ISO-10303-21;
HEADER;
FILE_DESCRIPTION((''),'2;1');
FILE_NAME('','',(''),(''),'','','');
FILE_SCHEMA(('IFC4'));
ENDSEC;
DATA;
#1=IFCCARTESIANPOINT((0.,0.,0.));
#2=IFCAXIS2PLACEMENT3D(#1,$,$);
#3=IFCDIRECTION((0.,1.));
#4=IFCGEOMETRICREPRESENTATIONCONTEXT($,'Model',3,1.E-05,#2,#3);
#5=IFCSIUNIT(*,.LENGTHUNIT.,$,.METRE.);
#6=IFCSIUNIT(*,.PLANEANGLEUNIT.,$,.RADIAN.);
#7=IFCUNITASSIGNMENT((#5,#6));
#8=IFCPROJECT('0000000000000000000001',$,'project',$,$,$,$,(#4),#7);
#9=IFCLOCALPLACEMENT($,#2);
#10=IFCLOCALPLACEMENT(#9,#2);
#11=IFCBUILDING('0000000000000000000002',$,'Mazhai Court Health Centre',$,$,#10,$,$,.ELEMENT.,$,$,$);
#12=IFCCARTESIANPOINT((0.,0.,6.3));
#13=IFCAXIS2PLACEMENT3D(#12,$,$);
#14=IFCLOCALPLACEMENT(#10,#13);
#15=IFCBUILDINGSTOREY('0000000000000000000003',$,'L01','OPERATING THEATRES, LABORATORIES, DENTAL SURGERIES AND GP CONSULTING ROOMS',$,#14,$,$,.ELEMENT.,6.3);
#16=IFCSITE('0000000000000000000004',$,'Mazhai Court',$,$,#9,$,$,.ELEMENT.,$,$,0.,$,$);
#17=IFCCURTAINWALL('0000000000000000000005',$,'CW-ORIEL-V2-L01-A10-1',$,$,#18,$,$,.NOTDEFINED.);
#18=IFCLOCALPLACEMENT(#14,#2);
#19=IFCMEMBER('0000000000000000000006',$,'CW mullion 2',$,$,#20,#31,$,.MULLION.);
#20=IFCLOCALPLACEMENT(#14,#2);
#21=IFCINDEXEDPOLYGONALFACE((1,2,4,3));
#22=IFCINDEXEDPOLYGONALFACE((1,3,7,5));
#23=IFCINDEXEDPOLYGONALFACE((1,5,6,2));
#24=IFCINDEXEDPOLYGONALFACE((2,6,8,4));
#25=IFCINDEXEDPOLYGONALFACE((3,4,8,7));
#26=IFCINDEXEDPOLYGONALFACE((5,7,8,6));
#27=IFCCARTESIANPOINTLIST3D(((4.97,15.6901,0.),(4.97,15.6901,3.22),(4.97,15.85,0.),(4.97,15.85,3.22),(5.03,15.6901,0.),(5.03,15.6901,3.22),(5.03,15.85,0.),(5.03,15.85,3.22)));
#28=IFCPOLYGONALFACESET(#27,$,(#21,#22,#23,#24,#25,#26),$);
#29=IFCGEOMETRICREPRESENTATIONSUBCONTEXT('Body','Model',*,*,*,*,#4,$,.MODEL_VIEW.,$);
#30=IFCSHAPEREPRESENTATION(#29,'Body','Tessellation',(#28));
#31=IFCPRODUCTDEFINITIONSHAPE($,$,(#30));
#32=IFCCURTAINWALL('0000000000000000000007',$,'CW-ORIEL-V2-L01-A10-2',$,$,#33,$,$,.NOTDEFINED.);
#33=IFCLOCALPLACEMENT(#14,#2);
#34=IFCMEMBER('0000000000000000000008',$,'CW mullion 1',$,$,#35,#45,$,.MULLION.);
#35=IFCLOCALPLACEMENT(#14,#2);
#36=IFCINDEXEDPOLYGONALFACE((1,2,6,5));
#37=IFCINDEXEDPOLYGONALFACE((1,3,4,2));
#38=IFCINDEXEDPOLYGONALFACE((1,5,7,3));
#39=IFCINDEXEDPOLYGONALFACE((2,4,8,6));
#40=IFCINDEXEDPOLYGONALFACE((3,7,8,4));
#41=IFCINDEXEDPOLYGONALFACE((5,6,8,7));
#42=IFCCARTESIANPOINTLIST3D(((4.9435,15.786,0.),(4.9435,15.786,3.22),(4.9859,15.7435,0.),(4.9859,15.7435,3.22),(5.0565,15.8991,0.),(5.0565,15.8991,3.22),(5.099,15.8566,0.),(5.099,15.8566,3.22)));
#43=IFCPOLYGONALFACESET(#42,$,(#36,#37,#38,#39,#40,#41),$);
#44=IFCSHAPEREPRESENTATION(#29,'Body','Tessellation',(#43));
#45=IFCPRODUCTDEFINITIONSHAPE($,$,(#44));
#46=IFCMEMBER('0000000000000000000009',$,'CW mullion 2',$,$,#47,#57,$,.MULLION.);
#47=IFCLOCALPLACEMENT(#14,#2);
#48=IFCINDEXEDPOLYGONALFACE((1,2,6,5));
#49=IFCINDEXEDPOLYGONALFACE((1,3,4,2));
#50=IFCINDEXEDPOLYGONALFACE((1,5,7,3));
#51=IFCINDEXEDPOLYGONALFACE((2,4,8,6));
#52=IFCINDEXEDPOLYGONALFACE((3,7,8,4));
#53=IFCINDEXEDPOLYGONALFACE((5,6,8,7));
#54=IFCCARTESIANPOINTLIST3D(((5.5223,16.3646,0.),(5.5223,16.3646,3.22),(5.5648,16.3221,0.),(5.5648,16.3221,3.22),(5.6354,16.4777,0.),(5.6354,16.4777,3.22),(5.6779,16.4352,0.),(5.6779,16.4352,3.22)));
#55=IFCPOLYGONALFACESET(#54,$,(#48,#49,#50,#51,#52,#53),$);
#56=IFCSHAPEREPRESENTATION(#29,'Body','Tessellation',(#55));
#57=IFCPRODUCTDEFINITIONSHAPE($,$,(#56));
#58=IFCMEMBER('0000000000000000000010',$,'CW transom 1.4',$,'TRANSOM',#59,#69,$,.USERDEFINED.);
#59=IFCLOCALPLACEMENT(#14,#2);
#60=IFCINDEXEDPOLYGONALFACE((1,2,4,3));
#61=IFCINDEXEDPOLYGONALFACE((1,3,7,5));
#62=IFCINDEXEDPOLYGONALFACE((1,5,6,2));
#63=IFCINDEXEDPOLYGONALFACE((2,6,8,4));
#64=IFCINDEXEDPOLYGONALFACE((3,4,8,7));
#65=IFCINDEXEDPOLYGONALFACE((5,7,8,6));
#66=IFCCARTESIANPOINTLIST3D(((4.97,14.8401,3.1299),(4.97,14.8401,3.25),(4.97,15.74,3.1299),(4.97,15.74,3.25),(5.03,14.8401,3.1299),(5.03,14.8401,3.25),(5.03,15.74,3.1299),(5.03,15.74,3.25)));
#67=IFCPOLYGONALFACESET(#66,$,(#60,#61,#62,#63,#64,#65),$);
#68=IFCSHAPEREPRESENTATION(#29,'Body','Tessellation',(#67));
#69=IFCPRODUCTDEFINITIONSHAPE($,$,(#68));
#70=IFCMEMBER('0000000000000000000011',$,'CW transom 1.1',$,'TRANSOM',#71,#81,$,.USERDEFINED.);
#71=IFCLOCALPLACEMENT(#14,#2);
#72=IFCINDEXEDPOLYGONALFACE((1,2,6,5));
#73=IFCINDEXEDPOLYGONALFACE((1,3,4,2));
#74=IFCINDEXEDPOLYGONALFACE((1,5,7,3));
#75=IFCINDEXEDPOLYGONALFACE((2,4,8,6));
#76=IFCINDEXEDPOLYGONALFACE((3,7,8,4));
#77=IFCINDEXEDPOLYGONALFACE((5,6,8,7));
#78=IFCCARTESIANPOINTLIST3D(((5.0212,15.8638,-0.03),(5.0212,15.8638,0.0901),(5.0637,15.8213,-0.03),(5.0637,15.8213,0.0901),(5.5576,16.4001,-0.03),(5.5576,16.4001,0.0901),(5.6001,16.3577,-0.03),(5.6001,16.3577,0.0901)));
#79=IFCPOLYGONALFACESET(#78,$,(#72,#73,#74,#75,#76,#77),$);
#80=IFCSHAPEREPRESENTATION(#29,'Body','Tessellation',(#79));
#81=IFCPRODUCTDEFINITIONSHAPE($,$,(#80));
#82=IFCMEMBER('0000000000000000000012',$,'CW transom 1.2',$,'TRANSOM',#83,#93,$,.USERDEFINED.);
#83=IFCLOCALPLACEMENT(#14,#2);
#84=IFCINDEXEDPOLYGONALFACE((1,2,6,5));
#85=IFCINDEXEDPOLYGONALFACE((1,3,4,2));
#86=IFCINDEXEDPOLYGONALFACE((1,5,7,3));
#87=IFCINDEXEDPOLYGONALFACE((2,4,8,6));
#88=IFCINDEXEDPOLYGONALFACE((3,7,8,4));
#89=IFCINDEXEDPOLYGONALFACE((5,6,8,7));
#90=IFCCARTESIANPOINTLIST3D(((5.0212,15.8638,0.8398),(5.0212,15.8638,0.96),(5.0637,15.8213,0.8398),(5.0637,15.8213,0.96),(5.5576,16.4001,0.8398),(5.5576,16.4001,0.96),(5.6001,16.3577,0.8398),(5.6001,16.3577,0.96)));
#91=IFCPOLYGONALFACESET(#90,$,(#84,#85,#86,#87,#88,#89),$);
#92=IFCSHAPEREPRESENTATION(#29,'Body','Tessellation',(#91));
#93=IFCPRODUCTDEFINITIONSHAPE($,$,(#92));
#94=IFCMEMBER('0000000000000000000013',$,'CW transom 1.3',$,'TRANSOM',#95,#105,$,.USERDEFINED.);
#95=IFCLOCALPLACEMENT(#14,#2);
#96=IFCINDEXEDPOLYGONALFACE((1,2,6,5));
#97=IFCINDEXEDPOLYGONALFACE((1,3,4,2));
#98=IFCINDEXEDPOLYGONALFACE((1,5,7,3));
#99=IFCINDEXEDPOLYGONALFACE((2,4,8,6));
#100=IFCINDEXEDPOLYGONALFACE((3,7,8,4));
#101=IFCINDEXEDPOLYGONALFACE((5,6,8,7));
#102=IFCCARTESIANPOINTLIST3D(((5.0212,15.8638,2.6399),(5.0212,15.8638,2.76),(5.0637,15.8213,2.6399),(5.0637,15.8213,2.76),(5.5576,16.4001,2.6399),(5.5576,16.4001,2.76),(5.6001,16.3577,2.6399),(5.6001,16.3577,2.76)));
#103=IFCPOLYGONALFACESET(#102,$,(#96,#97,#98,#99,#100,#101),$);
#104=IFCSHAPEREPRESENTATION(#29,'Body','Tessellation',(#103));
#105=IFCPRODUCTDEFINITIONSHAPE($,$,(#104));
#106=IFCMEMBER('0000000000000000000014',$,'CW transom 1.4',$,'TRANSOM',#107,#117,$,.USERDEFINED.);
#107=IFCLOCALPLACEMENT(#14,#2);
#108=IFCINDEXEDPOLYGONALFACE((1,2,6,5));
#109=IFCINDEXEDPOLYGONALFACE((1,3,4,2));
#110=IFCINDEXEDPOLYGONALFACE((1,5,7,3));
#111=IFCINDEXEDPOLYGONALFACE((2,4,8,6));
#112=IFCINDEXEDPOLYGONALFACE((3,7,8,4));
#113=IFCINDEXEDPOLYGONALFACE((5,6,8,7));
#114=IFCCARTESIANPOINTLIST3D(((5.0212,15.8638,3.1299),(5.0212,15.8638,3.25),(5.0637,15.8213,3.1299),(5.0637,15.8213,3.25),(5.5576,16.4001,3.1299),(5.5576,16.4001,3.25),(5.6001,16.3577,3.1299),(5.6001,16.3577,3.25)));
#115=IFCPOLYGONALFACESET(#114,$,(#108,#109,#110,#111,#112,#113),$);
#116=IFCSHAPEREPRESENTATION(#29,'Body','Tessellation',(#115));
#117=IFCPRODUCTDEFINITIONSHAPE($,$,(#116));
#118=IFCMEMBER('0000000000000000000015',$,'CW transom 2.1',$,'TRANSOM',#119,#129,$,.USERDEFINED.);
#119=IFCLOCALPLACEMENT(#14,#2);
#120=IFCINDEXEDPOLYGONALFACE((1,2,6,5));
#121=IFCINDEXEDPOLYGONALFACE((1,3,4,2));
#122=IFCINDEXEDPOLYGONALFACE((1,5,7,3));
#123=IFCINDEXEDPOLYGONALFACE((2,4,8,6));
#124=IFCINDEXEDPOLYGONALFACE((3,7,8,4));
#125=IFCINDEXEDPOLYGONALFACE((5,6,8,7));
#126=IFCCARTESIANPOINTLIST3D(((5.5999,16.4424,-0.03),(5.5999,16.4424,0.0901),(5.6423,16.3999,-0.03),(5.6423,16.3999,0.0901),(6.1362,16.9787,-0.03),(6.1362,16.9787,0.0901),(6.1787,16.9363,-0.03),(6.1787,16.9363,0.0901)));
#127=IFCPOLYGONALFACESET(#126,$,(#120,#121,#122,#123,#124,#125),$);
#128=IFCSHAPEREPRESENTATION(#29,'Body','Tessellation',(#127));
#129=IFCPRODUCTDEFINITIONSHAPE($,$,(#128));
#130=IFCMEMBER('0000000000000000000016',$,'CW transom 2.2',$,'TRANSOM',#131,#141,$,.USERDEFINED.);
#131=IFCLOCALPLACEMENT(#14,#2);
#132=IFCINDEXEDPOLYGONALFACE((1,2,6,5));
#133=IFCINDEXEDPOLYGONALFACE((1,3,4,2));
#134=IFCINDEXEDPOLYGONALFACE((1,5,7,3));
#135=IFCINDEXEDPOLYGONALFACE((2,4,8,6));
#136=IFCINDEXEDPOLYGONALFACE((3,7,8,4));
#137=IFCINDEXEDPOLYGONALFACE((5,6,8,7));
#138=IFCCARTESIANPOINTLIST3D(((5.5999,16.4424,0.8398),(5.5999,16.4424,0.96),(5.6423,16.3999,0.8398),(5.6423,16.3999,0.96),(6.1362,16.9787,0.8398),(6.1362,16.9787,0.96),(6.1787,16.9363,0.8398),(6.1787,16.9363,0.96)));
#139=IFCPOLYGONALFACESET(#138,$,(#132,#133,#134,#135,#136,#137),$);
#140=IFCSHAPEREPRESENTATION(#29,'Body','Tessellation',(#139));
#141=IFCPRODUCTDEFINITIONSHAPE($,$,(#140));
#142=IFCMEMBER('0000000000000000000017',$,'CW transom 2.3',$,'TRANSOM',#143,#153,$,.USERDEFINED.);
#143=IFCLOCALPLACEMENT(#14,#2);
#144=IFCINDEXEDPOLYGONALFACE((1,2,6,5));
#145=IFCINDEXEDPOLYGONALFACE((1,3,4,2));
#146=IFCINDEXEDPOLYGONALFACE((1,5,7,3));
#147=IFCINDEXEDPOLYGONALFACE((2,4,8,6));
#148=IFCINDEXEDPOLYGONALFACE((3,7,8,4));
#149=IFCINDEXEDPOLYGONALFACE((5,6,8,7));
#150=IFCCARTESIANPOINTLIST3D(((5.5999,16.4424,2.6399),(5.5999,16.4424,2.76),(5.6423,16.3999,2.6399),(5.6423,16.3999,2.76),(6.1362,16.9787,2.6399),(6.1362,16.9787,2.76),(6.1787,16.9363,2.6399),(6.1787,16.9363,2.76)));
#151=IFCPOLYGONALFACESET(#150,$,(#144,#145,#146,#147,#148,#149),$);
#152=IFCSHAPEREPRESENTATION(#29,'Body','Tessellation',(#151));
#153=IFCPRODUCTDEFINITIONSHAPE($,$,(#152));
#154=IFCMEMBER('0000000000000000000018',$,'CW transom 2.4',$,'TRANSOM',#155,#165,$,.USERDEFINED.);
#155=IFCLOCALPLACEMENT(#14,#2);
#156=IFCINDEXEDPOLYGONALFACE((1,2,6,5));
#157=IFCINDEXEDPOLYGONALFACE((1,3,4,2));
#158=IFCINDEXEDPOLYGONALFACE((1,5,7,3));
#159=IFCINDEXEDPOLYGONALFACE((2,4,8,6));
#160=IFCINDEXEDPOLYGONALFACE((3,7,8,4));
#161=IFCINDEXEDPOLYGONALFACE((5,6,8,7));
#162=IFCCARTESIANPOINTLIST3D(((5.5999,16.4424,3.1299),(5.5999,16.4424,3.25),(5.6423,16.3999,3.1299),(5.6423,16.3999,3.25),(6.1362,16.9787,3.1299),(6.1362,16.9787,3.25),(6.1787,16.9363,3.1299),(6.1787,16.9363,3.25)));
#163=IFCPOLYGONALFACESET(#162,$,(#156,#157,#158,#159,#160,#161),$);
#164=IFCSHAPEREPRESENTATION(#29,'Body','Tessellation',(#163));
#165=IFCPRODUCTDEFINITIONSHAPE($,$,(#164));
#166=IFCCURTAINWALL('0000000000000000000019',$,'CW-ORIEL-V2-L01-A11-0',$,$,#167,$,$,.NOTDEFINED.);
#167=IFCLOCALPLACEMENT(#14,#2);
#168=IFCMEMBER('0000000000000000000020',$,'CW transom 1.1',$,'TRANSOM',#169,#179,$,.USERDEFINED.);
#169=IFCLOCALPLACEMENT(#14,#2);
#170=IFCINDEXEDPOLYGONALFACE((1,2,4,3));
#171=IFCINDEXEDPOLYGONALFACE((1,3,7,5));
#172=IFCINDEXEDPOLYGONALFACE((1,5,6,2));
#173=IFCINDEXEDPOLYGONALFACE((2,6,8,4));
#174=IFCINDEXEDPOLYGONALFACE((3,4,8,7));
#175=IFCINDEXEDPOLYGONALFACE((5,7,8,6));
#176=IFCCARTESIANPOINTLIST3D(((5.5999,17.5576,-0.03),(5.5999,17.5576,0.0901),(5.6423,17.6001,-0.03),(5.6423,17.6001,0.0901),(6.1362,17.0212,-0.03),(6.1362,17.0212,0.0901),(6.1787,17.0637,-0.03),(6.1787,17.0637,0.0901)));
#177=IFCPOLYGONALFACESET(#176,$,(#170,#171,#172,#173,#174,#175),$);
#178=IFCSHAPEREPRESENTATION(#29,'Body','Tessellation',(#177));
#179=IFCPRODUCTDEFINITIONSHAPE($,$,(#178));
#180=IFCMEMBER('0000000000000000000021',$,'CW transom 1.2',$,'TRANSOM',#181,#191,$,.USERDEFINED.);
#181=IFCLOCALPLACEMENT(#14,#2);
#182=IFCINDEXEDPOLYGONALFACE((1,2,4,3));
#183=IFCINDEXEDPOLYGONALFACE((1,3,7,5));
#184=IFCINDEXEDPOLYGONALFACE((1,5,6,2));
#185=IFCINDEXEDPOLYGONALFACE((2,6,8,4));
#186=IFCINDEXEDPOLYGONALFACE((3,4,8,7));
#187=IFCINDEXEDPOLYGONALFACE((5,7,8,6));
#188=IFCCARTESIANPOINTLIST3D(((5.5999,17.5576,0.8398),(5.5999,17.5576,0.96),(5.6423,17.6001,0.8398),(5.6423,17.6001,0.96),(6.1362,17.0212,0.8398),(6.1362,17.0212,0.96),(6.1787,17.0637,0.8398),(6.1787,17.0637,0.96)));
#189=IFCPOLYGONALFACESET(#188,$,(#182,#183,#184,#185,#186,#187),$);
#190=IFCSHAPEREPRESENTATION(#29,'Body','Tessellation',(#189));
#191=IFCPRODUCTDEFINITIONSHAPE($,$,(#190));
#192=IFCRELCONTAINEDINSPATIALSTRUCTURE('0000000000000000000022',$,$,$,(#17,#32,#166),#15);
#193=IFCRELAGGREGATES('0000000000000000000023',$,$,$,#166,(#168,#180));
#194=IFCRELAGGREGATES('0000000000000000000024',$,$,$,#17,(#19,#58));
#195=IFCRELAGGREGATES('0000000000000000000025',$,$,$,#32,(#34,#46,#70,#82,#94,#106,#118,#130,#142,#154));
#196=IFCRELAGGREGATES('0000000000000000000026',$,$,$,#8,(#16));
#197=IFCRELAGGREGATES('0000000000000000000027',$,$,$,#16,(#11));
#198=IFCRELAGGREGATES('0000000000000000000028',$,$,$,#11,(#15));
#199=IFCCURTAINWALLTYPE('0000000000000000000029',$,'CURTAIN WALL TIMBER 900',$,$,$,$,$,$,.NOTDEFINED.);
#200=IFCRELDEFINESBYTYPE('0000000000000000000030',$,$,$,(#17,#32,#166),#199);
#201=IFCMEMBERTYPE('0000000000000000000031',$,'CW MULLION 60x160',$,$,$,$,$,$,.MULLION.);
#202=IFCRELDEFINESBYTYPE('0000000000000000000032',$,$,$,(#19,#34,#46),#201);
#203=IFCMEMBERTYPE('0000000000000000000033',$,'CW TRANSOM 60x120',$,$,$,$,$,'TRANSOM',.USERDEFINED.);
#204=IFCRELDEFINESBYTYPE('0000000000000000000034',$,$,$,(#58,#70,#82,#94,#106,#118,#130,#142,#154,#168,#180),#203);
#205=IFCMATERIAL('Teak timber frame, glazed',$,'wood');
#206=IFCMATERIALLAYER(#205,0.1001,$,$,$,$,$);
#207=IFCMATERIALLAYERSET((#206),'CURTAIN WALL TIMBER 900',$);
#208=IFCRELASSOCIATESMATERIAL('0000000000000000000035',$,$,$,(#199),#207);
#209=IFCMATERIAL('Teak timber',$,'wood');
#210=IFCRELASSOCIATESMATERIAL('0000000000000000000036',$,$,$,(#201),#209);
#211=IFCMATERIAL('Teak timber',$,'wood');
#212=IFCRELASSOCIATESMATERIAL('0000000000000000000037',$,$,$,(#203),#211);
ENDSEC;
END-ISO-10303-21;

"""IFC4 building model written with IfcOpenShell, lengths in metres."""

from ifc_helpers import new_model, si_unit, direction, frame, origin, origin_2d, place, context, subcontext, project, spatial, rectangle, extrude, material, layer, layer_set, material_profile, profile_set, type_object, element, aggregate, save


model = new_model("IFC4")

# Units and contexts
model_context = context("Model", 3, precision=1e-05, world=origin(), true_north=direction((0.0, 1.0)))
body_context = subcontext(model_context, "Body", "Model", "MODEL_VIEW")
ifc_project = project(units=[si_unit("LENGTHUNIT", "METRE"), si_unit("PLANEANGLEUNIT", "RADIAN")], contexts=[model_context])

# Site, building, storey
site_placement = place(None, origin())
site = spatial("IfcSite", under=ifc_project, at=site_placement, Name="Mazhai Court", CompositionType="ELEMENT", RefElevation=0.0)
building_placement = place(site_placement, origin())
building = spatial("IfcBuilding", under=site, at=building_placement, Name="Mazhai Court Health Centre", CompositionType="ELEMENT")
storey_placement = place(building_placement, frame((0.0, 0.0, 6.3)))
storey = spatial("IfcBuildingStorey", under=building, at=storey_placement, Name="L01", Description="OPERATING THEATRES, LABORATORIES, DENTAL SURGERIES AND GP CONSULTING ROOMS", CompositionType="ELEMENT", Elevation=6.3)

# Curtain wall, member
ifc_material_1 = material(Name="Teak timber frame, glazed", Category="wood")
ifc_layer_1 = layer(ifc_material_1, 0.1001)
ifc_layer_set_1 = layer_set([ifc_layer_1], Name="CURTAIN WALL TIMBER 900")
curtain_wall_type = type_object("IfcCurtainWallType", Name="CURTAIN WALL TIMBER 900", PredefinedType="NOTDEFINED", material=ifc_layer_set_1)
curtain_wall_1_placement = place(storey_placement, origin())
curtain_wall_1 = element("IfcCurtainWall", 1, at=curtain_wall_1_placement, inside=storey, type_object=curtain_wall_type, Name="CW-ORIEL-V2-L01-A10-1", PredefinedType="NOTDEFINED")
ifc_material_2 = material(Name="Teak timber", Category="wood")
ifc_material_profile_1 = material_profile(ifc_material_2, rectangle(XDim=0.0601, YDim=0.1599, at=origin_2d()), Name="CW MULLION 60x160")
ifc_profile_set_1 = profile_set([ifc_material_profile_1], Name="Teak timber")
member_type_1 = type_object("IfcMemberType", Name="CW MULLION 60x160", PredefinedType="MULLION", material=ifc_profile_set_1)
member_1_placement = place(storey_placement, frame((5.0, 15.77, 0.0), z_axis=(0.0, 0.0, 1.0), x_axis=(-1.0, 0.0, 0.0)))
member_1 = element("IfcMember", 2, at=member_1_placement, type_object=member_type_1, Name="CW mullion 2", PredefinedType="MULLION", context=body_context, shape_type="SweptSolid", body=[
    extrude(rectangle(XDim=0.0601, YDim=0.1599, at=origin_2d()), origin(), (0.0, 0.0, 1.0), 3.22),
])

# Curtain wall, members
curtain_wall_2_placement = place(storey_placement, origin())
curtain_wall_2 = element("IfcCurtainWall", 3, at=curtain_wall_2_placement, inside=storey, type_object=curtain_wall_type, Name="CW-ORIEL-V2-L01-A10-2", PredefinedType="NOTDEFINED")
member_2_placement = place(storey_placement, frame((5.0212, 15.8213, 0.0), z_axis=(0.0, 0.0, 1.0), x_axis=(-0.707107, 0.707107, 0.0)))
member_2 = element("IfcMember", 4, at=member_2_placement, type_object=member_type_1, Name="CW mullion 1", PredefinedType="MULLION", context=body_context, shape_type="SweptSolid", body=[
    extrude(rectangle(XDim=0.0601, YDim=0.1599, at=origin_2d()), origin(), (0.0, 0.0, 1.0), 3.22),
])
member_3_placement = place(storey_placement, frame((5.6001, 16.3999, 0.0), z_axis=(0.0, 0.0, 1.0), x_axis=(-0.707107, 0.707107, 0.0)))
member_3 = element("IfcMember", 5, at=member_3_placement, type_object=member_type_1, Name="CW mullion 2", PredefinedType="MULLION", context=body_context, shape_type="SweptSolid", body=[
    extrude(rectangle(XDim=0.0601, YDim=0.1599, at=origin_2d()), origin(), (0.0, 0.0, 1.0), 3.22),
])

# Members
ifc_material_3 = material(Name="Teak timber", Category="wood")
ifc_material_profile_2 = material_profile(ifc_material_3, rectangle(XDim=0.0601, YDim=0.1201, at=origin_2d()), Name="CW TRANSOM 60x120")
ifc_profile_set_2 = profile_set([ifc_material_profile_2], Name="Teak timber")
member_type_2 = type_object("IfcMemberType", Name="CW TRANSOM 60x120", ElementType="TRANSOM", PredefinedType="USERDEFINED", material=ifc_profile_set_2)
member_4_placement = place(storey_placement, frame((5.0, 14.8401, 3.1899), z_axis=(0.0, 1.0, 0.0), x_axis=(-1.0, 0.0, 0.0)))
member_4 = element("IfcMember", 6, at=member_4_placement, type_object=member_type_2, Name="CW transom 1.4", ObjectType="TRANSOM", PredefinedType="USERDEFINED", context=body_context, shape_type="SweptSolid", body=[
    extrude(rectangle(XDim=0.0601, YDim=0.1201, at=origin_2d()), origin(), (0.0, 0.0, 1.0), 0.8999),
])
member_5_placement = place(storey_placement, frame((5.0425, 15.8425, 0.03), z_axis=(0.707107, 0.707107, 0.0), x_axis=(-0.707107, 0.707107, 0.0)))
member_5 = element("IfcMember", 7, at=member_5_placement, type_object=member_type_2, Name="CW transom 1.1", ObjectType="TRANSOM", PredefinedType="USERDEFINED", context=body_context, shape_type="SweptSolid", body=[
    extrude(rectangle(XDim=0.0601, YDim=0.1201, at=origin_2d()), origin(), (0.0, 0.0, 1.0), 0.7585),
])
member_6_placement = place(storey_placement, frame((5.0425, 15.8425, 0.8999), z_axis=(0.707107, 0.707107, 0.0), x_axis=(-0.707107, 0.707107, 0.0)))
member_6 = element("IfcMember", 8, at=member_6_placement, type_object=member_type_2, Name="CW transom 1.2", ObjectType="TRANSOM", PredefinedType="USERDEFINED", context=body_context, shape_type="SweptSolid", body=[
    extrude(rectangle(XDim=0.0601, YDim=0.1201, at=origin_2d()), origin(), (0.0, 0.0, 1.0), 0.7585),
])
member_7_placement = place(storey_placement, frame((5.0425, 15.8425, 2.7), z_axis=(0.707107, 0.707107, 0.0), x_axis=(-0.707107, 0.707107, 0.0)))
member_7 = element("IfcMember", 9, at=member_7_placement, type_object=member_type_2, Name="CW transom 1.3", ObjectType="TRANSOM", PredefinedType="USERDEFINED", context=body_context, shape_type="SweptSolid", body=[
    extrude(rectangle(XDim=0.0601, YDim=0.1201, at=origin_2d()), origin(), (0.0, 0.0, 1.0), 0.7585),
])
member_8_placement = place(storey_placement, frame((5.0425, 15.8425, 3.1899), z_axis=(0.707107, 0.707107, 0.0), x_axis=(-0.707107, 0.707107, 0.0)))
member_8 = element("IfcMember", 10, at=member_8_placement, type_object=member_type_2, Name="CW transom 1.4", ObjectType="TRANSOM", PredefinedType="USERDEFINED", context=body_context, shape_type="SweptSolid", body=[
    extrude(rectangle(XDim=0.0601, YDim=0.1201, at=origin_2d()), origin(), (0.0, 0.0, 1.0), 0.7585),
])
member_9_placement = place(storey_placement, frame((5.6211, 16.4211, 0.03), z_axis=(0.707107, 0.707107, 0.0), x_axis=(-0.707107, 0.707107, 0.0)))
member_9 = element("IfcMember", 11, at=member_9_placement, type_object=member_type_2, Name="CW transom 2.1", ObjectType="TRANSOM", PredefinedType="USERDEFINED", context=body_context, shape_type="SweptSolid", body=[
    extrude(rectangle(XDim=0.0601, YDim=0.1201, at=origin_2d()), origin(), (0.0, 0.0, 1.0), 0.7585),
])
member_10_placement = place(storey_placement, frame((5.6211, 16.4211, 0.8999), z_axis=(0.707107, 0.707107, 0.0), x_axis=(-0.707107, 0.707107, 0.0)))
member_10 = element("IfcMember", 12, at=member_10_placement, type_object=member_type_2, Name="CW transom 2.2", ObjectType="TRANSOM", PredefinedType="USERDEFINED", context=body_context, shape_type="SweptSolid", body=[
    extrude(rectangle(XDim=0.0601, YDim=0.1201, at=origin_2d()), origin(), (0.0, 0.0, 1.0), 0.7585),
])
member_11_placement = place(storey_placement, frame((5.6211, 16.4211, 2.7), z_axis=(0.707107, 0.707107, 0.0), x_axis=(-0.707107, 0.707107, 0.0)))
member_11 = element("IfcMember", 13, at=member_11_placement, type_object=member_type_2, Name="CW transom 2.3", ObjectType="TRANSOM", PredefinedType="USERDEFINED", context=body_context, shape_type="SweptSolid", body=[
    extrude(rectangle(XDim=0.0601, YDim=0.1201, at=origin_2d()), origin(), (0.0, 0.0, 1.0), 0.7585),
])
member_12_placement = place(storey_placement, frame((5.6211, 16.4211, 3.1899), z_axis=(0.707107, 0.707107, 0.0), x_axis=(-0.707107, 0.707107, 0.0)))
member_12 = element("IfcMember", 14, at=member_12_placement, type_object=member_type_2, Name="CW transom 2.4", ObjectType="TRANSOM", PredefinedType="USERDEFINED", context=body_context, shape_type="SweptSolid", body=[
    extrude(rectangle(XDim=0.0601, YDim=0.1201, at=origin_2d()), origin(), (0.0, 0.0, 1.0), 0.7585),
])

# Curtain wall, members
curtain_wall_3_placement = place(storey_placement, origin())
curtain_wall_3 = element("IfcCurtainWall", 15, at=curtain_wall_3_placement, inside=storey, type_object=curtain_wall_type, Name="CW-ORIEL-V2-L01-A11-0", PredefinedType="NOTDEFINED")
member_13_placement = place(storey_placement, frame((6.1575, 17.0425, 0.03), z_axis=(-0.707107, 0.707107, 0.0), x_axis=(-0.707107, -0.707107, 0.0)))
member_13 = element("IfcMember", 16, at=member_13_placement, type_object=member_type_2, Name="CW transom 1.1", ObjectType="TRANSOM", PredefinedType="USERDEFINED", context=body_context, shape_type="SweptSolid", body=[
    extrude(rectangle(XDim=0.0601, YDim=0.1201, at=origin_2d()), origin(), (0.0, 0.0, 1.0), 0.7585),
])
member_14_placement = place(storey_placement, frame((6.1575, 17.0425, 0.8999), z_axis=(-0.707107, 0.707107, 0.0), x_axis=(-0.707107, -0.707107, 0.0)))
member_14 = element("IfcMember", 17, at=member_14_placement, type_object=member_type_2, Name="CW transom 1.2", ObjectType="TRANSOM", PredefinedType="USERDEFINED", context=body_context, shape_type="SweptSolid", body=[
    extrude(rectangle(XDim=0.0601, YDim=0.1201, at=origin_2d()), origin(), (0.0, 0.0, 1.0), 0.7585),
])
aggregate(curtain_wall_3, [member_13, member_14])

aggregate(curtain_wall_1, [member_1, member_4])
aggregate(curtain_wall_2, [member_2, member_3, member_5, member_6, member_7, member_8, member_9, member_10, member_11, member_12])

save(model, "model.ifc")
